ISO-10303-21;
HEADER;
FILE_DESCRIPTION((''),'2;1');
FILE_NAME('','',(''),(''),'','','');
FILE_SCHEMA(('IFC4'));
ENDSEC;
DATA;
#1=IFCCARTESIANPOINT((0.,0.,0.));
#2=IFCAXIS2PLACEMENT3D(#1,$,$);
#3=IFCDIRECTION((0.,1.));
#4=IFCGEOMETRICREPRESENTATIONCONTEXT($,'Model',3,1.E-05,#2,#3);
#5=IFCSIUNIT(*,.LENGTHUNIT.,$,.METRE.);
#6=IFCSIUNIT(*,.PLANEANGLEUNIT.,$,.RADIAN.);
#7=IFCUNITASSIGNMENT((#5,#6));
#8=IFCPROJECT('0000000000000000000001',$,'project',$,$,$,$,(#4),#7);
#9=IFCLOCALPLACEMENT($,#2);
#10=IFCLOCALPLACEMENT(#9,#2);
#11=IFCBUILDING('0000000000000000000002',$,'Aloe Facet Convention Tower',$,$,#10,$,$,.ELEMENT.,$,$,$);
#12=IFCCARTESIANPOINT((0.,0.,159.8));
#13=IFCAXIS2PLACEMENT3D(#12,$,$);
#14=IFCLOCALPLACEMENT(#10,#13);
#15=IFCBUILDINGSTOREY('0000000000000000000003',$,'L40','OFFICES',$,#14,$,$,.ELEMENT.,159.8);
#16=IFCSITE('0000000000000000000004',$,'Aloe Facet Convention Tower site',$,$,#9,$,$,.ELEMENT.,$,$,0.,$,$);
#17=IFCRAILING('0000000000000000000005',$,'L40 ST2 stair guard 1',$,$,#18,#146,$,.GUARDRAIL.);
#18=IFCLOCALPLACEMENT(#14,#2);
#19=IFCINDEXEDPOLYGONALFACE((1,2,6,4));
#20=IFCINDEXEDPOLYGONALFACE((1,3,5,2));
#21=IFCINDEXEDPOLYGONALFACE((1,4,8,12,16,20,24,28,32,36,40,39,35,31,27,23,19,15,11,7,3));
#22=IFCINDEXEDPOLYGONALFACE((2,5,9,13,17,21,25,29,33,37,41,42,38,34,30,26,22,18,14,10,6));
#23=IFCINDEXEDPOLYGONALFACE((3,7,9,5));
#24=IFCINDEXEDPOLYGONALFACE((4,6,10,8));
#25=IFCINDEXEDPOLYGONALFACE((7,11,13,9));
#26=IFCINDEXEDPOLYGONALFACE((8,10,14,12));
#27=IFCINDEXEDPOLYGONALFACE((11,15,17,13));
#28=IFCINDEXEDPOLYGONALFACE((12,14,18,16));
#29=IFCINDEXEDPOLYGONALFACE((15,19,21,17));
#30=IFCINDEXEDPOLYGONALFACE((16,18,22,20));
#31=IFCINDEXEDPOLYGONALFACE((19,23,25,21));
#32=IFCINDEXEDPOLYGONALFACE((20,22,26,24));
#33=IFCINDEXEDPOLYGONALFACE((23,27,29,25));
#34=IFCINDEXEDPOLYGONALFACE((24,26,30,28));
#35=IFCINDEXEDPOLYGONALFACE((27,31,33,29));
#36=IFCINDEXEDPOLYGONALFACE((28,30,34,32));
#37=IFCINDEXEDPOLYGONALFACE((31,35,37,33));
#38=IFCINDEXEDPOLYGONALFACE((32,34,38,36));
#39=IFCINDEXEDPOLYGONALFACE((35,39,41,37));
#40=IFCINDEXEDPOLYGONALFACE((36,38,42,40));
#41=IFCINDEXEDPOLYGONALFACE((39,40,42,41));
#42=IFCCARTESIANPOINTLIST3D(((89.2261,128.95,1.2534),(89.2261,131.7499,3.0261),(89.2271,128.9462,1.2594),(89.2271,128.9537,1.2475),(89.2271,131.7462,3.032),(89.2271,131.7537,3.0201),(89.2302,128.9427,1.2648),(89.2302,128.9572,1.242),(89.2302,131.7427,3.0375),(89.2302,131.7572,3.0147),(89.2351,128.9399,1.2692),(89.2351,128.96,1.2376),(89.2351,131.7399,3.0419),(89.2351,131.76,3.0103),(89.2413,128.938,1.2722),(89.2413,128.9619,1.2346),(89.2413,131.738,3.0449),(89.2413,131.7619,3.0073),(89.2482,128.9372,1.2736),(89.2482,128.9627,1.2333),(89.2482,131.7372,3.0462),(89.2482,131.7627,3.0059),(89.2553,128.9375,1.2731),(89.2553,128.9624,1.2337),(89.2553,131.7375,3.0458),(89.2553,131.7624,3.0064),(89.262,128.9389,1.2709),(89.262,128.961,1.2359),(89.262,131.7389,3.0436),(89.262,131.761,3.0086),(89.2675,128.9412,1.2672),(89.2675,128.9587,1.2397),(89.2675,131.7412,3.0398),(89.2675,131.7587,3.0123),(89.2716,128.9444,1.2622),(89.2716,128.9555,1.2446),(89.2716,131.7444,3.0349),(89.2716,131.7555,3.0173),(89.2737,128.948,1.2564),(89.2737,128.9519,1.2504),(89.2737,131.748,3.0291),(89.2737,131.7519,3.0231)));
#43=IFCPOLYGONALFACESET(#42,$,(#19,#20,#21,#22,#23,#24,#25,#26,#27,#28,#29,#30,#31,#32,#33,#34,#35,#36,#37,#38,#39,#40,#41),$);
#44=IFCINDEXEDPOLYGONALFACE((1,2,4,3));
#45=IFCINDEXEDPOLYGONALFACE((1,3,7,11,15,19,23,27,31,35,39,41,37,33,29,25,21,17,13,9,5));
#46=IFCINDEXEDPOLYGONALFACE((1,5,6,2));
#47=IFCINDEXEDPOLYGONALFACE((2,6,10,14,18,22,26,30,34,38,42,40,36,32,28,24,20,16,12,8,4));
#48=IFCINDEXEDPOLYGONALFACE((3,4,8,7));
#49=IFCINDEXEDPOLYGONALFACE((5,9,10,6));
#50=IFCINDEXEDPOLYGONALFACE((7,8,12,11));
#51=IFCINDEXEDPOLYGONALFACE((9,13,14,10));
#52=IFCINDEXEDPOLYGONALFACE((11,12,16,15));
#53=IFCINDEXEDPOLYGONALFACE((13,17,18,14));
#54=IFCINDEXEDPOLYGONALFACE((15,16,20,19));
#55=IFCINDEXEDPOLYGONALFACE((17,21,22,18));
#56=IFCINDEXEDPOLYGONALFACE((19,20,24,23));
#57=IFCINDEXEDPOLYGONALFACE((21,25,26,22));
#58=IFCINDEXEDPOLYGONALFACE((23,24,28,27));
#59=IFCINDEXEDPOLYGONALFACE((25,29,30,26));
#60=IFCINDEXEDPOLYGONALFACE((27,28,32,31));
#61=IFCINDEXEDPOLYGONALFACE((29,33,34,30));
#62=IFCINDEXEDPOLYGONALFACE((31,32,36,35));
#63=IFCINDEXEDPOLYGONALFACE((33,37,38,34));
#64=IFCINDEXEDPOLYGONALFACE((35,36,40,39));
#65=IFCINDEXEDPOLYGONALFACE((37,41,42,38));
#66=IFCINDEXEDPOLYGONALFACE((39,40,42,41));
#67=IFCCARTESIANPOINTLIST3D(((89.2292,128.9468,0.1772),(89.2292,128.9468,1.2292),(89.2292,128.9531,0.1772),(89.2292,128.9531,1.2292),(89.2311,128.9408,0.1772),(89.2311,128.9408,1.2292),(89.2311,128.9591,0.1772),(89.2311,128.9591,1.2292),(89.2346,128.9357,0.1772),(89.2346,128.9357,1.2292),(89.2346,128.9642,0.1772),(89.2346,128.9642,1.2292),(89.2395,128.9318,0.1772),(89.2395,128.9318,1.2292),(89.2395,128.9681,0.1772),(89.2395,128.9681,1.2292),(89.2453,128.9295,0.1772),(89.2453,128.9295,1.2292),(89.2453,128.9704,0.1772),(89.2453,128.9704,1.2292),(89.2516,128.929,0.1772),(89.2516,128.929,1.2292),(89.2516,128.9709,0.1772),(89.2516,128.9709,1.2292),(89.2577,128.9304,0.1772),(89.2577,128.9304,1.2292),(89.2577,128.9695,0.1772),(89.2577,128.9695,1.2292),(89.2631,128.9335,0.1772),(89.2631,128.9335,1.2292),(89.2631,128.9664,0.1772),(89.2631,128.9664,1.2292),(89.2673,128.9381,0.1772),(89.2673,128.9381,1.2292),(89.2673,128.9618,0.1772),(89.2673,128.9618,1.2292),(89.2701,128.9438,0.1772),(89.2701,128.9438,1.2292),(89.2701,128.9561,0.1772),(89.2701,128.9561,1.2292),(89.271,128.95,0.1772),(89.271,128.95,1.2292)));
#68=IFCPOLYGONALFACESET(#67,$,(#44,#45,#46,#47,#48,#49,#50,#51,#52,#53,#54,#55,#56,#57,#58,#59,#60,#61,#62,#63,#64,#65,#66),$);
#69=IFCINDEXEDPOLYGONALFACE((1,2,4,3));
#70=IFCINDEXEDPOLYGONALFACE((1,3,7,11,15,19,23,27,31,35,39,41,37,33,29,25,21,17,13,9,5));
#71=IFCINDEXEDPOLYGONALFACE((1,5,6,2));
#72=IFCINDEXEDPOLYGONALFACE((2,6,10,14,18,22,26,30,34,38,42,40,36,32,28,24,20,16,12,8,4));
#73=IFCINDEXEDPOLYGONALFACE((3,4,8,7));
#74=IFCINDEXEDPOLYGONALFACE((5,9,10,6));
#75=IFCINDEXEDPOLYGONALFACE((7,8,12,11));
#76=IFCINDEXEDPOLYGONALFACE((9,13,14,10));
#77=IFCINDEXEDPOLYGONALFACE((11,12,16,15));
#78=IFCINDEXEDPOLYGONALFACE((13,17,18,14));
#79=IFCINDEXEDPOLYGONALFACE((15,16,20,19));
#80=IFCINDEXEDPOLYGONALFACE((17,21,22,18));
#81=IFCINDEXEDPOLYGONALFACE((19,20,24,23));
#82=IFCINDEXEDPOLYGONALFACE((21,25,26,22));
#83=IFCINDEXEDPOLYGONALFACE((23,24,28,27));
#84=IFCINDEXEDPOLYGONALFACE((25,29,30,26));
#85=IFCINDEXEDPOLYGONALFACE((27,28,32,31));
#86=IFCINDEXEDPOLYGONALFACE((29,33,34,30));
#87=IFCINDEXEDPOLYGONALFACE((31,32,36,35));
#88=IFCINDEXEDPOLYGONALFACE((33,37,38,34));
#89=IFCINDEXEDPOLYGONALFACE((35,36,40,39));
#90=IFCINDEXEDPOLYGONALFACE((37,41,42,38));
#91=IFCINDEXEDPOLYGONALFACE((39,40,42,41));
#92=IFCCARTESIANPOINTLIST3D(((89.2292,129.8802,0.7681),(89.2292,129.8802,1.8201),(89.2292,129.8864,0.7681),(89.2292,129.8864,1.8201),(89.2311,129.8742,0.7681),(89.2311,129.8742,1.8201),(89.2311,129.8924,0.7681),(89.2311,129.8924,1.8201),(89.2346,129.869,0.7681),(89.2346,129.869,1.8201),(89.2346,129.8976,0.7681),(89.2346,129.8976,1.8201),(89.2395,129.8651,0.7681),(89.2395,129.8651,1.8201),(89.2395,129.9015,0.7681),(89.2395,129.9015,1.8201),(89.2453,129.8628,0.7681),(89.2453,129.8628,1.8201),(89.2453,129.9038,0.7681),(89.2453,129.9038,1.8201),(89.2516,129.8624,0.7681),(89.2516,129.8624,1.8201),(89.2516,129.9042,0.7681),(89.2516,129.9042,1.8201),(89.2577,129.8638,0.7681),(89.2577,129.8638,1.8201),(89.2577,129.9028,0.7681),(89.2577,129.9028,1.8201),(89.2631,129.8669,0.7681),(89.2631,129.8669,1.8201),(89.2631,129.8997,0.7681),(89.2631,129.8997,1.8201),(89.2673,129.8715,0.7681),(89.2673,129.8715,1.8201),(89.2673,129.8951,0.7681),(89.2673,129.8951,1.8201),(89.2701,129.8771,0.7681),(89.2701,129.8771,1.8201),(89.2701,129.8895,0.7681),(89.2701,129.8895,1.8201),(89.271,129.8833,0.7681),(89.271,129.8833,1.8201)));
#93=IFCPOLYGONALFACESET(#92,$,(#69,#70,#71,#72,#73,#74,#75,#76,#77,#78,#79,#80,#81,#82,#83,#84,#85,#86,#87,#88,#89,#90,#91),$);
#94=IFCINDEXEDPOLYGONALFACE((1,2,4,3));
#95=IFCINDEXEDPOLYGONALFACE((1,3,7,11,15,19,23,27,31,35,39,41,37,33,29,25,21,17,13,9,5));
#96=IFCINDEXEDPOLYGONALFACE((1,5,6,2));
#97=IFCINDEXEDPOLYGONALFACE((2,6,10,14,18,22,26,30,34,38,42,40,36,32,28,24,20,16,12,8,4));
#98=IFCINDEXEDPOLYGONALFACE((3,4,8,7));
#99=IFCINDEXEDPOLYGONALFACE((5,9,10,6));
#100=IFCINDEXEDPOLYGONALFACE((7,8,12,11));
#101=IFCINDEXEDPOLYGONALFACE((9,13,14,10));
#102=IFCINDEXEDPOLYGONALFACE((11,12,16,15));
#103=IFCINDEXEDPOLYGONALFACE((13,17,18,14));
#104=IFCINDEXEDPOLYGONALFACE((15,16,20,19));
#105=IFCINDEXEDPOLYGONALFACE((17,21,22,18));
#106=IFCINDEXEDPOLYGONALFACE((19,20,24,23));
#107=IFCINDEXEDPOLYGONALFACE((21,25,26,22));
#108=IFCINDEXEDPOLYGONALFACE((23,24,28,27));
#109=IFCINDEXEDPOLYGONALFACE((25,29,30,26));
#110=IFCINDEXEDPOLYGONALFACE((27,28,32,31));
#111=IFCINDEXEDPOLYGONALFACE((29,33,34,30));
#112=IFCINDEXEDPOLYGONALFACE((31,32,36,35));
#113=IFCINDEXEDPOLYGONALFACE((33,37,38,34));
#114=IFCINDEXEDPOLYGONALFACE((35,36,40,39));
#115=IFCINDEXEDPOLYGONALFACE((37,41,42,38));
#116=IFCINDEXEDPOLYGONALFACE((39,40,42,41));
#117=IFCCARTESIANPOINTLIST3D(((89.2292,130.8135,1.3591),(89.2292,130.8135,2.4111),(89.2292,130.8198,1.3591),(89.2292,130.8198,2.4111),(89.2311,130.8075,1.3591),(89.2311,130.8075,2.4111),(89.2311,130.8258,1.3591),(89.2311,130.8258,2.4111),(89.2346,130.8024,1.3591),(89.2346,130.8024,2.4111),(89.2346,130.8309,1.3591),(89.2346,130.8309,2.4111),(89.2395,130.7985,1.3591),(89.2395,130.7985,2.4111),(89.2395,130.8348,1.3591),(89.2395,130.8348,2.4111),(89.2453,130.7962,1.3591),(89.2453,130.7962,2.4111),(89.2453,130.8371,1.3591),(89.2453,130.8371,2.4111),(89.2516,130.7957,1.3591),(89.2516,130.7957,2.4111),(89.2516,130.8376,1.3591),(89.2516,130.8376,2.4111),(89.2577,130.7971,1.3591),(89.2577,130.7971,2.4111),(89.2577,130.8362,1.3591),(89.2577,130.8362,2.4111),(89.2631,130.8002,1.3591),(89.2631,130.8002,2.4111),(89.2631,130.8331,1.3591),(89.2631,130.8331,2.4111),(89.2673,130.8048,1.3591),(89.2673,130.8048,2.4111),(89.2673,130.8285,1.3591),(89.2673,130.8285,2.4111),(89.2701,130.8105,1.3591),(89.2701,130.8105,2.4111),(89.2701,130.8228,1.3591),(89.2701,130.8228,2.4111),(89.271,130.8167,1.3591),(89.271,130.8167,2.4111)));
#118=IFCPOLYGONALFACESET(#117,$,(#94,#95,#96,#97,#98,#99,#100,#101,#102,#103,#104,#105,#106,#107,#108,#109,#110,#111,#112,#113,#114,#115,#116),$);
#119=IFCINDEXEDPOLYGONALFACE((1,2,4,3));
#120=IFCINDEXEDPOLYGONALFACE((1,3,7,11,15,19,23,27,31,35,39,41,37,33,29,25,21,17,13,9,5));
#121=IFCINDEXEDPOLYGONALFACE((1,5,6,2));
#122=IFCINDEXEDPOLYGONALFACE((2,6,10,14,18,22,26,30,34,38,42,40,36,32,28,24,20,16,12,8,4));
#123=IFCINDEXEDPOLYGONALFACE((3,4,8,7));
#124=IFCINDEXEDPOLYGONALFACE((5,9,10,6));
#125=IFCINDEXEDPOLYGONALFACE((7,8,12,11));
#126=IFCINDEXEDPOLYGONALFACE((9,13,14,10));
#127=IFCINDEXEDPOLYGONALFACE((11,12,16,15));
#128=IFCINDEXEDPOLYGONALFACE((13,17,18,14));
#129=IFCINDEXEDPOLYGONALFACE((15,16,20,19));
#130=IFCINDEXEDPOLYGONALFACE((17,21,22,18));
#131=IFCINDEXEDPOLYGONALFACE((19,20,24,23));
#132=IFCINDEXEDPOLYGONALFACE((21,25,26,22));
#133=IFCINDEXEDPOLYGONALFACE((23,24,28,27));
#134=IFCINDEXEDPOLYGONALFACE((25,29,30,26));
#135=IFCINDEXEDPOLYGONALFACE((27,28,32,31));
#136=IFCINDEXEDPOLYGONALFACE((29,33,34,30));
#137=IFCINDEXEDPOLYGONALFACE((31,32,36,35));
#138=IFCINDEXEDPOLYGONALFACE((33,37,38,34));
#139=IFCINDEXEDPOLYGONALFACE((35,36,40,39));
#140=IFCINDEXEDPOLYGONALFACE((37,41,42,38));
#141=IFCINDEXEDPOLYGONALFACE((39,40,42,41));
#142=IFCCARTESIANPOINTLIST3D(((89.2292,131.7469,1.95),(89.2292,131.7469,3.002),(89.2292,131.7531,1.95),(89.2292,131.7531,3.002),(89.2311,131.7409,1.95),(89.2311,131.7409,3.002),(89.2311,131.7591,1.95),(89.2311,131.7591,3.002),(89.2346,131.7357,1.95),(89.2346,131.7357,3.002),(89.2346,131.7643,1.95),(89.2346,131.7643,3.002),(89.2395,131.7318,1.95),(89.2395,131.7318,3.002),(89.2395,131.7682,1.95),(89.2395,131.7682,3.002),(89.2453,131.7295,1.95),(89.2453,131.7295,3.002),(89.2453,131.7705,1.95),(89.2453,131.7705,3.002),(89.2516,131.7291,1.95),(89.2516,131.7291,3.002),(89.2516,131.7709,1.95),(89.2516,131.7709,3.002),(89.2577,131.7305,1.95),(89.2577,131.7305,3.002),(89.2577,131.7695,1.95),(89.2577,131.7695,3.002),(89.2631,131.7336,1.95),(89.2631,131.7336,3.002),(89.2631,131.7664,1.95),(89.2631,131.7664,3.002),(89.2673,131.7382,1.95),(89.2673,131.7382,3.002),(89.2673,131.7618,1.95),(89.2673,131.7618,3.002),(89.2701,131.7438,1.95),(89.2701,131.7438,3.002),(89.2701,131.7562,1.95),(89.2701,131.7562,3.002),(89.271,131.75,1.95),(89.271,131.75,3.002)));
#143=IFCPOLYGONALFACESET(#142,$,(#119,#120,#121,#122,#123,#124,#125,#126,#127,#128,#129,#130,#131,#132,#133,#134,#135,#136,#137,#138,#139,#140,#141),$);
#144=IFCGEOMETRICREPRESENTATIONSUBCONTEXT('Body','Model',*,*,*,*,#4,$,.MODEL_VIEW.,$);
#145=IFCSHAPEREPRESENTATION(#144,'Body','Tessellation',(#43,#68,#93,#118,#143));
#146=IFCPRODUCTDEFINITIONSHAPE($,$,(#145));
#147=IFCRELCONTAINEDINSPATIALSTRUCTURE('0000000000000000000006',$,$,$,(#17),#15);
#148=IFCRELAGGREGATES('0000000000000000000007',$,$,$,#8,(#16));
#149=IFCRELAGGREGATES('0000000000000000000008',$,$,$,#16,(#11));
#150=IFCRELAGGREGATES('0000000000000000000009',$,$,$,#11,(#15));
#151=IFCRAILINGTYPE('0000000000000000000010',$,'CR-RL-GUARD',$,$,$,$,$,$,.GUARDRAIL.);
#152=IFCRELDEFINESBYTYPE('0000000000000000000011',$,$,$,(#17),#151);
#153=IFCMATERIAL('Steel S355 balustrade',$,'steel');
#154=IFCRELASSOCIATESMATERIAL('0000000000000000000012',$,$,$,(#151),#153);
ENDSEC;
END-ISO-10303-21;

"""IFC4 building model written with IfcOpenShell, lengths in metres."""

from ifc_helpers import new_model, si_unit, direction, frame, origin, origin_2d, place, context, subcontext, project, spatial, circle, extrude, material, type_object, element, save


model = new_model("IFC4")

# Units and contexts
model_context = context("Model", 3, precision=1e-05, world=origin(), true_north=direction((0.0, 1.0)))
body_context = subcontext(model_context, "Body", "Model", "MODEL_VIEW")
ifc_project = project(units=[si_unit("LENGTHUNIT", "METRE"), si_unit("PLANEANGLEUNIT", "RADIAN")], contexts=[model_context])

# Site, building, storey
site_placement = place(None, origin())
site = spatial("IfcSite", under=ifc_project, at=site_placement, Name="Aloe Facet Convention Tower site", CompositionType="ELEMENT", RefElevation=0.0)
building_placement = place(site_placement, origin())
building = spatial("IfcBuilding", under=site, at=building_placement, Name="Aloe Facet Convention Tower", CompositionType="ELEMENT")
storey_placement = place(building_placement, frame((0.0, 0.0, 159.8)))
storey = spatial("IfcBuildingStorey", under=building, at=storey_placement, Name="L40", Description="OFFICES", CompositionType="ELEMENT", Elevation=159.8)

# Railing
ifc_material_1 = material(Name="Steel S355 balustrade", Category="steel")
railing_type_1 = type_object("IfcRailingType", Name="CR-RL-GUARD", PredefinedType="GUARDRAIL", material=ifc_material_1)
railing_1_placement = place(storey_placement, frame((89.25, 128.95, 0.1772)))
element("IfcRailing", 1, at=railing_1_placement, inside=storey, type_object=railing_type_1, Name="L40 ST2 stair guard 1", PredefinedType="GUARDRAIL", context=body_context, shape_type="SweptSolid", body=[
    extrude(circle(Radius=0.0239, at=origin_2d()), frame((0.0, 0.0, 1.0762), z_axis=(0.0, 0.844909, 0.53491), x_axis=(-1.0, 0.0, 0.0)), (0.0, 0.0, 1.0), 3.314),
    extrude(circle(Radius=0.021, at=origin_2d()), origin(), (0.0, 0.0, 1.0), 1.052),
    extrude(circle(Radius=0.021, at=origin_2d()), frame((0.0, 0.9333, 0.5908)), (0.0, 0.0, 1.0), 1.052),
    extrude(circle(Radius=0.021, at=origin_2d()), frame((0.0, 1.8667, 1.1819)), (0.0, 0.0, 1.0), 1.052),
    extrude(circle(Radius=0.021, at=origin_2d()), frame((0.0, 2.8, 1.7727)), (0.0, 0.0, 1.0), 1.052),
])

save(model, "model.ifc")
